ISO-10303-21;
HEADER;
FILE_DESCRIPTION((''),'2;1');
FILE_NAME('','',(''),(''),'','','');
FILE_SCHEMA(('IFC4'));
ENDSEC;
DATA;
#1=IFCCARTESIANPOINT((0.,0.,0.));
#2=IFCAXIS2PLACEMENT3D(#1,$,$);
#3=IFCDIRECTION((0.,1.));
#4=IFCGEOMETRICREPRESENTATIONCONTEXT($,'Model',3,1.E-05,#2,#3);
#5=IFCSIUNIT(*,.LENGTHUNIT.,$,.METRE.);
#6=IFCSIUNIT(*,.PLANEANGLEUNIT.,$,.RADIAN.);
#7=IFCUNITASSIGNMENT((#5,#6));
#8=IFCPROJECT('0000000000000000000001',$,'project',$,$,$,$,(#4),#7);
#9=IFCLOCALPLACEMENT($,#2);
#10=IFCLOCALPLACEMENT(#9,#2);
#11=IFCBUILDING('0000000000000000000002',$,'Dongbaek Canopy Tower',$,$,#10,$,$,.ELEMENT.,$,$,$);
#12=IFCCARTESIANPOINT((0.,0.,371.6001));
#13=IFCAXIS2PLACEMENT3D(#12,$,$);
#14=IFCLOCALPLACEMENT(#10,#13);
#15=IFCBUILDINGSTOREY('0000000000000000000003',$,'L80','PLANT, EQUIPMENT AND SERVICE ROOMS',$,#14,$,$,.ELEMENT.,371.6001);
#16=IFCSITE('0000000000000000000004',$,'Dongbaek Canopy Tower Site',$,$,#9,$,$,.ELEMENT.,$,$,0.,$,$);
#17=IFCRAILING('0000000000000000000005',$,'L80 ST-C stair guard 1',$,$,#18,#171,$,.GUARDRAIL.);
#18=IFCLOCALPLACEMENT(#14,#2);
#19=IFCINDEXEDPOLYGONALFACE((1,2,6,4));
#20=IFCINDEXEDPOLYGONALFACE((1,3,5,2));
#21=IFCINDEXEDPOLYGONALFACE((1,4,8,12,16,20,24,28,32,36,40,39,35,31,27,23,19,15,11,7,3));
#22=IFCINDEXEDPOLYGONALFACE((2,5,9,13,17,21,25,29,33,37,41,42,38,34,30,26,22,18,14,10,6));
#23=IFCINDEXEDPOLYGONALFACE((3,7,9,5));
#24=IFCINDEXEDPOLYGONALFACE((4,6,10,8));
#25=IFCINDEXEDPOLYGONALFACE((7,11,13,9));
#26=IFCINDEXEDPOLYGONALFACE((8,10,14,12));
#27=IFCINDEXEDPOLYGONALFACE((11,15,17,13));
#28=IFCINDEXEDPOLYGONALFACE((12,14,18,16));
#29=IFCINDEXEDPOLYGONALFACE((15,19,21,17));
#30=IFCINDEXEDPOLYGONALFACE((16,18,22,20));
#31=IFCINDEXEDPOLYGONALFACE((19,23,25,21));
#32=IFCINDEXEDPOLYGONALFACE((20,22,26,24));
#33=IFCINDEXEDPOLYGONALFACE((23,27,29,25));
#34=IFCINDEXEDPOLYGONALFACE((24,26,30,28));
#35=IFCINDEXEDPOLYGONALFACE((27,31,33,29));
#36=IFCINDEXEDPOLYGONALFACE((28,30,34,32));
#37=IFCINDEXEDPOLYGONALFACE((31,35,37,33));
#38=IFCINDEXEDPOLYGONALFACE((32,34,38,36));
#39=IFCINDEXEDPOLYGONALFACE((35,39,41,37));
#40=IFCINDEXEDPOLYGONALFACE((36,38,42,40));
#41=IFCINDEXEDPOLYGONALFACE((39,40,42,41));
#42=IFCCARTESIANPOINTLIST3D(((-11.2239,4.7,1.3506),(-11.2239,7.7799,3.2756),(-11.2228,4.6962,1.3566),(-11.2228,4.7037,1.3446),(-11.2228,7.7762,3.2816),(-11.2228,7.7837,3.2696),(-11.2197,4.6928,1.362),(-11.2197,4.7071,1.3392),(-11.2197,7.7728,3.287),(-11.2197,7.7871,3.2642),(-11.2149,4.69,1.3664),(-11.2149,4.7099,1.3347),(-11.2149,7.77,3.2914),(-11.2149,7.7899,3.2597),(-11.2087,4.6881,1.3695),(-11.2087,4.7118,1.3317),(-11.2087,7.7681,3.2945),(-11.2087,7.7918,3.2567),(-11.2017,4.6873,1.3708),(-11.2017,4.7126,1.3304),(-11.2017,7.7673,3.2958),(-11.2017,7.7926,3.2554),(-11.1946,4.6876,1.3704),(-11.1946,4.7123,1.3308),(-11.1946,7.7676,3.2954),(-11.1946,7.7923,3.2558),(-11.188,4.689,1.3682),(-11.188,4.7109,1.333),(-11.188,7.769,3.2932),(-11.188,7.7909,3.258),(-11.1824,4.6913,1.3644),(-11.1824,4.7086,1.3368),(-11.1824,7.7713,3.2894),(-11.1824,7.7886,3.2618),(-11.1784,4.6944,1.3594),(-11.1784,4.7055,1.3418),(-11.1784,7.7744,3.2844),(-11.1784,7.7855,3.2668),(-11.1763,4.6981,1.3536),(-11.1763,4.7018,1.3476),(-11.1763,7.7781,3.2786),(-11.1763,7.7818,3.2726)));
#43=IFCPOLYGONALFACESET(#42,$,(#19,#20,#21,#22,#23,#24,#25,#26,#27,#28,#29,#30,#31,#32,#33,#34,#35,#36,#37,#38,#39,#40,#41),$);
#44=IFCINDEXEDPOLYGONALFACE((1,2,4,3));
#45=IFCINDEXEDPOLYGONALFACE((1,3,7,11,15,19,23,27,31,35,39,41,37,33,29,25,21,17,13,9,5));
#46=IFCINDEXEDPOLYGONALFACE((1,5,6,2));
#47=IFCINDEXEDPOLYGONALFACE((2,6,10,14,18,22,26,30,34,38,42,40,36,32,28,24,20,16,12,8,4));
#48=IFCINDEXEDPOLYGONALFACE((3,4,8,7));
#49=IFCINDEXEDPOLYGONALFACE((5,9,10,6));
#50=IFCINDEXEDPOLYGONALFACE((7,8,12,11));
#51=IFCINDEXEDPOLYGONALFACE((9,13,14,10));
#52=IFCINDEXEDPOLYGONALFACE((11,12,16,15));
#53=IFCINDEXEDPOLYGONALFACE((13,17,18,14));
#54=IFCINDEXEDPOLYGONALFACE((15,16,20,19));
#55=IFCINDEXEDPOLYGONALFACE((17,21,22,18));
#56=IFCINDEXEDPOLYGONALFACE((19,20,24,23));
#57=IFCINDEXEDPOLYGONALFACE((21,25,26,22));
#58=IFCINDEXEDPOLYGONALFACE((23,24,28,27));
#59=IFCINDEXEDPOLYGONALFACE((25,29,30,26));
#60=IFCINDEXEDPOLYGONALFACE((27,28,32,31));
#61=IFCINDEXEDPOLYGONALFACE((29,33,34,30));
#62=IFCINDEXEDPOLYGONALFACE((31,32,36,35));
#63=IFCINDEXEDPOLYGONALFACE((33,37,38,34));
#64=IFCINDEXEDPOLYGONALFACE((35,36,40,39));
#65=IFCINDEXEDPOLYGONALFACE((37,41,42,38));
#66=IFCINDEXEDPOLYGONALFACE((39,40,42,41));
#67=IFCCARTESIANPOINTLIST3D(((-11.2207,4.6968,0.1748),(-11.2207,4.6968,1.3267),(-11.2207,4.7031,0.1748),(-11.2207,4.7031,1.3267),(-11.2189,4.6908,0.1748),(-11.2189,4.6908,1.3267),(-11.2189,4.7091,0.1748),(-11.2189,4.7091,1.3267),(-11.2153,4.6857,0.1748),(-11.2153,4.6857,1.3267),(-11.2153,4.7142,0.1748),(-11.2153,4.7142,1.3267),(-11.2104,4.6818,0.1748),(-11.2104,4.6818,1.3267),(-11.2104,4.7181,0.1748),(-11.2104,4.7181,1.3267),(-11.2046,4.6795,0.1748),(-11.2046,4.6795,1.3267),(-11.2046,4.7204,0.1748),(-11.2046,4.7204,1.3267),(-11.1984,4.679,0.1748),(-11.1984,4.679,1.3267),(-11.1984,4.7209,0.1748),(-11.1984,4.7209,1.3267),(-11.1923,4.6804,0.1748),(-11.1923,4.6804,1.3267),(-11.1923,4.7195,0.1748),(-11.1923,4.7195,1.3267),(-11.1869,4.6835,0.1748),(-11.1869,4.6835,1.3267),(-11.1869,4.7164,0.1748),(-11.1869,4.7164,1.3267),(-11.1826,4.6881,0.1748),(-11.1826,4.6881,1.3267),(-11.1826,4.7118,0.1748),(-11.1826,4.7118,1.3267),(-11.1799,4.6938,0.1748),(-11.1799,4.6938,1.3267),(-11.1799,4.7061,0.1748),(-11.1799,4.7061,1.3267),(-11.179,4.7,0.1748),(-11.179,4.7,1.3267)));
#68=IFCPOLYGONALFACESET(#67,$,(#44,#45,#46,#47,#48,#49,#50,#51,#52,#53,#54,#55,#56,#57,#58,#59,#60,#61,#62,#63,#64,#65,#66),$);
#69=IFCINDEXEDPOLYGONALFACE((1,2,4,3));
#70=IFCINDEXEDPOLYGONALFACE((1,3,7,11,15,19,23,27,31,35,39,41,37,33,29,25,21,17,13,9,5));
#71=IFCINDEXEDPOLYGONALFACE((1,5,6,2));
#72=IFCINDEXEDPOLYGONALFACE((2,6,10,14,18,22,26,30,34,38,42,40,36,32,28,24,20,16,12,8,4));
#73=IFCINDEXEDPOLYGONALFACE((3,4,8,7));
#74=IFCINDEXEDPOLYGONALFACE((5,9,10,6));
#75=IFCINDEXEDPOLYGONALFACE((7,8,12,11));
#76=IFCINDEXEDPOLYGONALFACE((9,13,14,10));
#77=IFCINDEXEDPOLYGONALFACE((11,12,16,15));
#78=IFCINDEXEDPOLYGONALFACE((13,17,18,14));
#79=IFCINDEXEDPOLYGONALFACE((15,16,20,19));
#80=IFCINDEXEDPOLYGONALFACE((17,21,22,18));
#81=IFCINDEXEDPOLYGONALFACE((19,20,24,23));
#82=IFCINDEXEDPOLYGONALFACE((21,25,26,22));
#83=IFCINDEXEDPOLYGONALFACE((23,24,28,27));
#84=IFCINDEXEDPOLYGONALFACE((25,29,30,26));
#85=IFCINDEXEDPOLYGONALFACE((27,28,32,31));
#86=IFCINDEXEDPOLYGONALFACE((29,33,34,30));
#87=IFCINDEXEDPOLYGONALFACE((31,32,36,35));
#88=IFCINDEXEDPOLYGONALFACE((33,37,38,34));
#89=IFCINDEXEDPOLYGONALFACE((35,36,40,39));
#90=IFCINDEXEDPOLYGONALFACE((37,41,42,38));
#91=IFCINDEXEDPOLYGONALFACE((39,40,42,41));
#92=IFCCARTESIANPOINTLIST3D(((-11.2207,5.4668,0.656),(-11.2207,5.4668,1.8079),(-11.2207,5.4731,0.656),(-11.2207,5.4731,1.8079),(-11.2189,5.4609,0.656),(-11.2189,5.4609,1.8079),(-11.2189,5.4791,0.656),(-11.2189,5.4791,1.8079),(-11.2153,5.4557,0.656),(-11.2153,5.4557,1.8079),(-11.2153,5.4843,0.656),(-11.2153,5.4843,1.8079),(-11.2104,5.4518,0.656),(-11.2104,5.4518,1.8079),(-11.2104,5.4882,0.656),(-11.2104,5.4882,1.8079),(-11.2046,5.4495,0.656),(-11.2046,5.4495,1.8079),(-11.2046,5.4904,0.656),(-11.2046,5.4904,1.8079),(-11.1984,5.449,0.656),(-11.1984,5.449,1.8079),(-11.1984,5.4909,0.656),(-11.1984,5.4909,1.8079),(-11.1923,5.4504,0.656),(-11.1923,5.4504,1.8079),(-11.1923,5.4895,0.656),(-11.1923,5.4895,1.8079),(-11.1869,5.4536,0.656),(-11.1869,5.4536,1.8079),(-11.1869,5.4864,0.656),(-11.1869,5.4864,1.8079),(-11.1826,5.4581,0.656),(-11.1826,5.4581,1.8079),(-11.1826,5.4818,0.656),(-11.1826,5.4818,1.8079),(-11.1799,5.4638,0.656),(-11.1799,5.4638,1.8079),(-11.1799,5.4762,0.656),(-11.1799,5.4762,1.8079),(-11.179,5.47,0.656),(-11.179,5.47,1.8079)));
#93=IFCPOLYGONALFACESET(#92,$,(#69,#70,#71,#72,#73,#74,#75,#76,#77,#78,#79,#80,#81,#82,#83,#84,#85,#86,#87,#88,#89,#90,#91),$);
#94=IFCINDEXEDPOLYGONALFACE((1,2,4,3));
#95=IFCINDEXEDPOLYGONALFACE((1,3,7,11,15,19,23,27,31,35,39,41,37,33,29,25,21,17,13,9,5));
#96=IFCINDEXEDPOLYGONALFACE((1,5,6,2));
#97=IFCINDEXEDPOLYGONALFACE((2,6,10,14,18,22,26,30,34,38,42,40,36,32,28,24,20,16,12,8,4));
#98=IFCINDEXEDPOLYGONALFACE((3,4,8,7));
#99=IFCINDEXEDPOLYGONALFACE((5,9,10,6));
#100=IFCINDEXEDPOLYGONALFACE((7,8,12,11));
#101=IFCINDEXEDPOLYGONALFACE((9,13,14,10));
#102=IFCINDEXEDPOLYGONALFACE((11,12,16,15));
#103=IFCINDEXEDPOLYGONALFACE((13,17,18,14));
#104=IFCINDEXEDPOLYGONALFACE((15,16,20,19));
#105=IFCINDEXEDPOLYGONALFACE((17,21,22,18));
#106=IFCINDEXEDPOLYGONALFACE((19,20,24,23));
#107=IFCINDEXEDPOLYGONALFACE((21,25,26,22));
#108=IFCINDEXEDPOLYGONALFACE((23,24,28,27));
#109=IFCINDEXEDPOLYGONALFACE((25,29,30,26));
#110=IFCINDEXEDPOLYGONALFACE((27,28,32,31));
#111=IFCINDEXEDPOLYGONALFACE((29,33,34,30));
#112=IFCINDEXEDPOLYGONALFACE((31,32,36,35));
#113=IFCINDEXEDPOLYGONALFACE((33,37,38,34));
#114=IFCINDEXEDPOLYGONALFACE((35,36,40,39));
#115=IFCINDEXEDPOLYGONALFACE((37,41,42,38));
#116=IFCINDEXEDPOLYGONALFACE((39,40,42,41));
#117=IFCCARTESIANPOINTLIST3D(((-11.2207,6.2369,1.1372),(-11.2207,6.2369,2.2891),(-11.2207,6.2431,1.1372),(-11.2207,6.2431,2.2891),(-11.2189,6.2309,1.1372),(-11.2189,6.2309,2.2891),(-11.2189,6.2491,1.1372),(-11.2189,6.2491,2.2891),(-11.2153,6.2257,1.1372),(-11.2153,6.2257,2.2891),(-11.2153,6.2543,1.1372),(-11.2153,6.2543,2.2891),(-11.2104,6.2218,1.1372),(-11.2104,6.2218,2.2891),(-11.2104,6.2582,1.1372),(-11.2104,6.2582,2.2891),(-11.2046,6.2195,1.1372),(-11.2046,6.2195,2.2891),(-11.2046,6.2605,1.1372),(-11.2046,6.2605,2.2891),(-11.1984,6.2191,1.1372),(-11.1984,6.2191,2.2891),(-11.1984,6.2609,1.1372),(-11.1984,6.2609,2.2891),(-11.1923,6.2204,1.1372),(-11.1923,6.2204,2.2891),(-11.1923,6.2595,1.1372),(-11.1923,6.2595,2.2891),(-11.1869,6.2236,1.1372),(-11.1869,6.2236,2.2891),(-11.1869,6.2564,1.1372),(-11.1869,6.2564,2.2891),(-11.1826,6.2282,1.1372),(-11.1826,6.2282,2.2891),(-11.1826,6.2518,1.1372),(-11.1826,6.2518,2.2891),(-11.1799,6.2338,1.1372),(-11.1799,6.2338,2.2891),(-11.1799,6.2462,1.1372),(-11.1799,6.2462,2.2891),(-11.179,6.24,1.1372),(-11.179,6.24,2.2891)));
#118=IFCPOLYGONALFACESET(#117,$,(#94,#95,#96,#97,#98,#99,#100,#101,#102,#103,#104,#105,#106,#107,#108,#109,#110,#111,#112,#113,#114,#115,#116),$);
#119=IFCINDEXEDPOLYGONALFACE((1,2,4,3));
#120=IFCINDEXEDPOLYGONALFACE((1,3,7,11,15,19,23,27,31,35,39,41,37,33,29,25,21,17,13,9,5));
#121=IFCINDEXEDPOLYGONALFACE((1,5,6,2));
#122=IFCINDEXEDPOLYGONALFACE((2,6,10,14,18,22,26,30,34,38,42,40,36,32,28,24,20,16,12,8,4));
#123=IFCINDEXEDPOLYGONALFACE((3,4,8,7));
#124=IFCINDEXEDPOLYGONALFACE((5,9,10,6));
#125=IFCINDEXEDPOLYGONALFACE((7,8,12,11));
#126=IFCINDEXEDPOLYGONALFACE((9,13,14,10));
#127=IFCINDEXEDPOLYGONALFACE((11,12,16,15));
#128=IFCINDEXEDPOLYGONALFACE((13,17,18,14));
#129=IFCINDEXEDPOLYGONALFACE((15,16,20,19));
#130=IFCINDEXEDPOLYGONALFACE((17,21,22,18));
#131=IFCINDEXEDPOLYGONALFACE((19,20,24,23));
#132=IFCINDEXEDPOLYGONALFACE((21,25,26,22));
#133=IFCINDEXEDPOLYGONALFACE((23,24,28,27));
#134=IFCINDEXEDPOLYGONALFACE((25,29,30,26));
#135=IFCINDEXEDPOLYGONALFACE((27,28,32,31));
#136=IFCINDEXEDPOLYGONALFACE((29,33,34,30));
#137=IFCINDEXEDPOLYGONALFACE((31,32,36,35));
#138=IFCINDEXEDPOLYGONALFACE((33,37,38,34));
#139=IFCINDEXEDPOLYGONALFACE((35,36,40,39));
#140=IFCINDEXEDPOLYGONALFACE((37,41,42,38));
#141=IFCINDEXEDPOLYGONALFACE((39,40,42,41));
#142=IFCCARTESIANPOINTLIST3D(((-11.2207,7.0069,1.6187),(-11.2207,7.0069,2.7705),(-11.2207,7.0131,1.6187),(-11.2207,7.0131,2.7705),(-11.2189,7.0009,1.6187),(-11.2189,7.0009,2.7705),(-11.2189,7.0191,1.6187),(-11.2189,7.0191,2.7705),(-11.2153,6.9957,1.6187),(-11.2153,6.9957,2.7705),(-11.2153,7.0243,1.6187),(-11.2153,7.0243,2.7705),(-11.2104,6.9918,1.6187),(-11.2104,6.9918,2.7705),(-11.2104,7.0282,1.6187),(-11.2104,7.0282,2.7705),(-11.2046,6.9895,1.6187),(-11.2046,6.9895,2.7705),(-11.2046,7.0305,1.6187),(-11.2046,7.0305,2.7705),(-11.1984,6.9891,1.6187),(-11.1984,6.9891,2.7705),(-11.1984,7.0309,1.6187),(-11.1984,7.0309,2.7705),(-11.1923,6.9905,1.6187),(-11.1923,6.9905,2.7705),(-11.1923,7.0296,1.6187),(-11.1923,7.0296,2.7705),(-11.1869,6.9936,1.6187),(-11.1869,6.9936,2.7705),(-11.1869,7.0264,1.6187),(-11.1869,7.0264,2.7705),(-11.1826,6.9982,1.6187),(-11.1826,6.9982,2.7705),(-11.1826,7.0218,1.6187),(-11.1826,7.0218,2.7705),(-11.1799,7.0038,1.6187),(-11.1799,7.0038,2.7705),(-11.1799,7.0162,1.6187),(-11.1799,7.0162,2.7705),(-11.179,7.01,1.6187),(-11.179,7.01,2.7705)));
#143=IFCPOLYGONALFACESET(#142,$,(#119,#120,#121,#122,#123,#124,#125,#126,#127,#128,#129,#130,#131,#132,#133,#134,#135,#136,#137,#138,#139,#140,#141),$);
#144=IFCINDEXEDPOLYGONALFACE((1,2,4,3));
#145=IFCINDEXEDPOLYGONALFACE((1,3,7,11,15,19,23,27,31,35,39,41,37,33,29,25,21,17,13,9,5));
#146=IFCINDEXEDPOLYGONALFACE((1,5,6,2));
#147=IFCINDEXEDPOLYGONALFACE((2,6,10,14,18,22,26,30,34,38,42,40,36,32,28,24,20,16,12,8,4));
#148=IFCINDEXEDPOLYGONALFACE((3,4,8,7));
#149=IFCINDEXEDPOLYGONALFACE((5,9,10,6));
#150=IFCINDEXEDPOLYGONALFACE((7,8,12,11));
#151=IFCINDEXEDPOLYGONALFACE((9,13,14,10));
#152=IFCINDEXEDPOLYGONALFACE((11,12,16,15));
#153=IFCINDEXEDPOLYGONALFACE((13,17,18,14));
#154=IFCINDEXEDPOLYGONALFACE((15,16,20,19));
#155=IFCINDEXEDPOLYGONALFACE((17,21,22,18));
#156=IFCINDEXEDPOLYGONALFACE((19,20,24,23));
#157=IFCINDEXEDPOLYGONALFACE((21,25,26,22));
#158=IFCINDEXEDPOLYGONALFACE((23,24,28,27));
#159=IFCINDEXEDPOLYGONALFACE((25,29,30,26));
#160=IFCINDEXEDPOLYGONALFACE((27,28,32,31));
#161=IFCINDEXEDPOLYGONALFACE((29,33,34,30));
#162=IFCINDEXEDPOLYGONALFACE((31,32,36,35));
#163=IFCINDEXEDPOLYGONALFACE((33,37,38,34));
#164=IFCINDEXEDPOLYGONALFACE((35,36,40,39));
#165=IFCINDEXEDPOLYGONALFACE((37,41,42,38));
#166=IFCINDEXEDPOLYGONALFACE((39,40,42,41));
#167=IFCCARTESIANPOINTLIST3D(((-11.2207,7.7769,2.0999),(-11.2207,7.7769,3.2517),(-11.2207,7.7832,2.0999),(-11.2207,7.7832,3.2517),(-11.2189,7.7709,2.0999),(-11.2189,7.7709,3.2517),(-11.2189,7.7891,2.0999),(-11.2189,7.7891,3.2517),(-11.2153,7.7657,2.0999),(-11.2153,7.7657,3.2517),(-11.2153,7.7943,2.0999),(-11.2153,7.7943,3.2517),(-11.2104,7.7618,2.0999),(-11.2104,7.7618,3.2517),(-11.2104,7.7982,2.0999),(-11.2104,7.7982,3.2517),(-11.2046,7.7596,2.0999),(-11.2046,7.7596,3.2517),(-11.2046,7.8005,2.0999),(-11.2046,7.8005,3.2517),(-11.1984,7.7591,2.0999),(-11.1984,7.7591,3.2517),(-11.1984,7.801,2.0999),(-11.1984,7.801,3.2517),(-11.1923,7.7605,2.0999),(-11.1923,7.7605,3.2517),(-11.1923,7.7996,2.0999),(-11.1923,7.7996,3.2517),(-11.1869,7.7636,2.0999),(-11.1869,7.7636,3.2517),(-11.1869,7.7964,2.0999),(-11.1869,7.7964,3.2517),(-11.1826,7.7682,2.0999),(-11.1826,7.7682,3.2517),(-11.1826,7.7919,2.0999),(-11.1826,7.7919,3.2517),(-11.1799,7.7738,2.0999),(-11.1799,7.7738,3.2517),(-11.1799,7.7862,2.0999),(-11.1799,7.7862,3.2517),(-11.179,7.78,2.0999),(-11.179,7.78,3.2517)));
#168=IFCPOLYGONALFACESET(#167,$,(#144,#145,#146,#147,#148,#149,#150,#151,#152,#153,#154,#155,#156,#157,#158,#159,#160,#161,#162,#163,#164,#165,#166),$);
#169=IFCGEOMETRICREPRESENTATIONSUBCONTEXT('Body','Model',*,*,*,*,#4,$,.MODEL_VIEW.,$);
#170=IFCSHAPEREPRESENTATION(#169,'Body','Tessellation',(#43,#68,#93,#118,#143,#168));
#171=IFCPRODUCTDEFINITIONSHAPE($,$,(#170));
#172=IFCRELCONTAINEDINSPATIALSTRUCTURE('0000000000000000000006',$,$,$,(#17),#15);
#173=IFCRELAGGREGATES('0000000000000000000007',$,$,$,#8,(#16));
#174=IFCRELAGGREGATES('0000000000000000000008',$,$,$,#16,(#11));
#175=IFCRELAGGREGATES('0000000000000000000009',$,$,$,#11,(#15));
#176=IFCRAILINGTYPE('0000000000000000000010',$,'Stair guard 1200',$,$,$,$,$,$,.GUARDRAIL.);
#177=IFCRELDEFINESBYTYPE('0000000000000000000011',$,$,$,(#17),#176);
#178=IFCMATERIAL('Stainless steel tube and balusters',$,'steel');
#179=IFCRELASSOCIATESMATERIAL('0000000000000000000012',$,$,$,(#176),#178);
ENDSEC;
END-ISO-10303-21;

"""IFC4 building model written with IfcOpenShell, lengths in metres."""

from ifc_helpers import new_model, si_unit, direction, frame, origin, origin_2d, place, context, subcontext, project, spatial, circle, extrude, material, type_object, element, save


model = new_model("IFC4")

# Units and contexts
model_context = context("Model", 3, precision=1e-05, world=origin(), true_north=direction((0.0, 1.0)))
body_context = subcontext(model_context, "Body", "Model", "MODEL_VIEW")
ifc_project = project(units=[si_unit("LENGTHUNIT", "METRE"), si_unit("PLANEANGLEUNIT", "RADIAN")], contexts=[model_context])

# Site, building, storey
site_placement = place(None, origin())
site = spatial("IfcSite", under=ifc_project, at=site_placement, Name="Dongbaek Canopy Tower Site", CompositionType="ELEMENT", RefElevation=0.0)
building_placement = place(site_placement, origin())
building = spatial("IfcBuilding", under=site, at=building_placement, Name="Dongbaek Canopy Tower", CompositionType="ELEMENT")
storey_placement = place(building_placement, frame((0.0, 0.0, 371.6001)))
storey = spatial("IfcBuildingStorey", under=building, at=storey_placement, Name="L80", Description="PLANT, EQUIPMENT AND SERVICE ROOMS", CompositionType="ELEMENT", Elevation=371.6001)

# Railing
ifc_material_1 = material(Name="Stainless steel tube and balusters", Category="steel")
railing_type_1 = type_object("IfcRailingType", Name="Stair guard 1200", PredefinedType="GUARDRAIL", material=ifc_material_1)
railing_1_placement = place(storey_placement, frame((-11.2, 4.7, 0.1748)))
element("IfcRailing", 1, at=railing_1_placement, inside=storey, type_object=railing_type_1, Name="L80 ST-C stair guard 1", PredefinedType="GUARDRAIL", context=body_context, shape_type="SweptSolid", body=[
    extrude(circle(Radius=0.0239, at=origin_2d()), frame((0.0, 0.0, 1.1758), z_axis=(0.0, 0.847998, 0.529999), x_axis=(-1.0, 0.0, 0.0)), (0.0, 0.0, 1.0), 3.6321),
    extrude(circle(Radius=0.021, at=origin_2d()), origin(), (0.0, 0.0, 1.0), 1.1519),
    extrude(circle(Radius=0.021, at=origin_2d()), frame((0.0, 0.77, 0.4812)), (0.0, 0.0, 1.0), 1.1519),
    extrude(circle(Radius=0.021, at=origin_2d()), frame((0.0, 1.54, 0.9624)), (0.0, 0.0, 1.0), 1.1519),
    extrude(circle(Radius=0.021, at=origin_2d()), frame((0.0, 2.3101, 1.4438)), (0.0, 0.0, 1.0), 1.1519),
    extrude(circle(Radius=0.021, at=origin_2d()), frame((0.0, 3.0801, 1.925)), (0.0, 0.0, 1.0), 1.1519),
])

save(model, "model.ifc")
